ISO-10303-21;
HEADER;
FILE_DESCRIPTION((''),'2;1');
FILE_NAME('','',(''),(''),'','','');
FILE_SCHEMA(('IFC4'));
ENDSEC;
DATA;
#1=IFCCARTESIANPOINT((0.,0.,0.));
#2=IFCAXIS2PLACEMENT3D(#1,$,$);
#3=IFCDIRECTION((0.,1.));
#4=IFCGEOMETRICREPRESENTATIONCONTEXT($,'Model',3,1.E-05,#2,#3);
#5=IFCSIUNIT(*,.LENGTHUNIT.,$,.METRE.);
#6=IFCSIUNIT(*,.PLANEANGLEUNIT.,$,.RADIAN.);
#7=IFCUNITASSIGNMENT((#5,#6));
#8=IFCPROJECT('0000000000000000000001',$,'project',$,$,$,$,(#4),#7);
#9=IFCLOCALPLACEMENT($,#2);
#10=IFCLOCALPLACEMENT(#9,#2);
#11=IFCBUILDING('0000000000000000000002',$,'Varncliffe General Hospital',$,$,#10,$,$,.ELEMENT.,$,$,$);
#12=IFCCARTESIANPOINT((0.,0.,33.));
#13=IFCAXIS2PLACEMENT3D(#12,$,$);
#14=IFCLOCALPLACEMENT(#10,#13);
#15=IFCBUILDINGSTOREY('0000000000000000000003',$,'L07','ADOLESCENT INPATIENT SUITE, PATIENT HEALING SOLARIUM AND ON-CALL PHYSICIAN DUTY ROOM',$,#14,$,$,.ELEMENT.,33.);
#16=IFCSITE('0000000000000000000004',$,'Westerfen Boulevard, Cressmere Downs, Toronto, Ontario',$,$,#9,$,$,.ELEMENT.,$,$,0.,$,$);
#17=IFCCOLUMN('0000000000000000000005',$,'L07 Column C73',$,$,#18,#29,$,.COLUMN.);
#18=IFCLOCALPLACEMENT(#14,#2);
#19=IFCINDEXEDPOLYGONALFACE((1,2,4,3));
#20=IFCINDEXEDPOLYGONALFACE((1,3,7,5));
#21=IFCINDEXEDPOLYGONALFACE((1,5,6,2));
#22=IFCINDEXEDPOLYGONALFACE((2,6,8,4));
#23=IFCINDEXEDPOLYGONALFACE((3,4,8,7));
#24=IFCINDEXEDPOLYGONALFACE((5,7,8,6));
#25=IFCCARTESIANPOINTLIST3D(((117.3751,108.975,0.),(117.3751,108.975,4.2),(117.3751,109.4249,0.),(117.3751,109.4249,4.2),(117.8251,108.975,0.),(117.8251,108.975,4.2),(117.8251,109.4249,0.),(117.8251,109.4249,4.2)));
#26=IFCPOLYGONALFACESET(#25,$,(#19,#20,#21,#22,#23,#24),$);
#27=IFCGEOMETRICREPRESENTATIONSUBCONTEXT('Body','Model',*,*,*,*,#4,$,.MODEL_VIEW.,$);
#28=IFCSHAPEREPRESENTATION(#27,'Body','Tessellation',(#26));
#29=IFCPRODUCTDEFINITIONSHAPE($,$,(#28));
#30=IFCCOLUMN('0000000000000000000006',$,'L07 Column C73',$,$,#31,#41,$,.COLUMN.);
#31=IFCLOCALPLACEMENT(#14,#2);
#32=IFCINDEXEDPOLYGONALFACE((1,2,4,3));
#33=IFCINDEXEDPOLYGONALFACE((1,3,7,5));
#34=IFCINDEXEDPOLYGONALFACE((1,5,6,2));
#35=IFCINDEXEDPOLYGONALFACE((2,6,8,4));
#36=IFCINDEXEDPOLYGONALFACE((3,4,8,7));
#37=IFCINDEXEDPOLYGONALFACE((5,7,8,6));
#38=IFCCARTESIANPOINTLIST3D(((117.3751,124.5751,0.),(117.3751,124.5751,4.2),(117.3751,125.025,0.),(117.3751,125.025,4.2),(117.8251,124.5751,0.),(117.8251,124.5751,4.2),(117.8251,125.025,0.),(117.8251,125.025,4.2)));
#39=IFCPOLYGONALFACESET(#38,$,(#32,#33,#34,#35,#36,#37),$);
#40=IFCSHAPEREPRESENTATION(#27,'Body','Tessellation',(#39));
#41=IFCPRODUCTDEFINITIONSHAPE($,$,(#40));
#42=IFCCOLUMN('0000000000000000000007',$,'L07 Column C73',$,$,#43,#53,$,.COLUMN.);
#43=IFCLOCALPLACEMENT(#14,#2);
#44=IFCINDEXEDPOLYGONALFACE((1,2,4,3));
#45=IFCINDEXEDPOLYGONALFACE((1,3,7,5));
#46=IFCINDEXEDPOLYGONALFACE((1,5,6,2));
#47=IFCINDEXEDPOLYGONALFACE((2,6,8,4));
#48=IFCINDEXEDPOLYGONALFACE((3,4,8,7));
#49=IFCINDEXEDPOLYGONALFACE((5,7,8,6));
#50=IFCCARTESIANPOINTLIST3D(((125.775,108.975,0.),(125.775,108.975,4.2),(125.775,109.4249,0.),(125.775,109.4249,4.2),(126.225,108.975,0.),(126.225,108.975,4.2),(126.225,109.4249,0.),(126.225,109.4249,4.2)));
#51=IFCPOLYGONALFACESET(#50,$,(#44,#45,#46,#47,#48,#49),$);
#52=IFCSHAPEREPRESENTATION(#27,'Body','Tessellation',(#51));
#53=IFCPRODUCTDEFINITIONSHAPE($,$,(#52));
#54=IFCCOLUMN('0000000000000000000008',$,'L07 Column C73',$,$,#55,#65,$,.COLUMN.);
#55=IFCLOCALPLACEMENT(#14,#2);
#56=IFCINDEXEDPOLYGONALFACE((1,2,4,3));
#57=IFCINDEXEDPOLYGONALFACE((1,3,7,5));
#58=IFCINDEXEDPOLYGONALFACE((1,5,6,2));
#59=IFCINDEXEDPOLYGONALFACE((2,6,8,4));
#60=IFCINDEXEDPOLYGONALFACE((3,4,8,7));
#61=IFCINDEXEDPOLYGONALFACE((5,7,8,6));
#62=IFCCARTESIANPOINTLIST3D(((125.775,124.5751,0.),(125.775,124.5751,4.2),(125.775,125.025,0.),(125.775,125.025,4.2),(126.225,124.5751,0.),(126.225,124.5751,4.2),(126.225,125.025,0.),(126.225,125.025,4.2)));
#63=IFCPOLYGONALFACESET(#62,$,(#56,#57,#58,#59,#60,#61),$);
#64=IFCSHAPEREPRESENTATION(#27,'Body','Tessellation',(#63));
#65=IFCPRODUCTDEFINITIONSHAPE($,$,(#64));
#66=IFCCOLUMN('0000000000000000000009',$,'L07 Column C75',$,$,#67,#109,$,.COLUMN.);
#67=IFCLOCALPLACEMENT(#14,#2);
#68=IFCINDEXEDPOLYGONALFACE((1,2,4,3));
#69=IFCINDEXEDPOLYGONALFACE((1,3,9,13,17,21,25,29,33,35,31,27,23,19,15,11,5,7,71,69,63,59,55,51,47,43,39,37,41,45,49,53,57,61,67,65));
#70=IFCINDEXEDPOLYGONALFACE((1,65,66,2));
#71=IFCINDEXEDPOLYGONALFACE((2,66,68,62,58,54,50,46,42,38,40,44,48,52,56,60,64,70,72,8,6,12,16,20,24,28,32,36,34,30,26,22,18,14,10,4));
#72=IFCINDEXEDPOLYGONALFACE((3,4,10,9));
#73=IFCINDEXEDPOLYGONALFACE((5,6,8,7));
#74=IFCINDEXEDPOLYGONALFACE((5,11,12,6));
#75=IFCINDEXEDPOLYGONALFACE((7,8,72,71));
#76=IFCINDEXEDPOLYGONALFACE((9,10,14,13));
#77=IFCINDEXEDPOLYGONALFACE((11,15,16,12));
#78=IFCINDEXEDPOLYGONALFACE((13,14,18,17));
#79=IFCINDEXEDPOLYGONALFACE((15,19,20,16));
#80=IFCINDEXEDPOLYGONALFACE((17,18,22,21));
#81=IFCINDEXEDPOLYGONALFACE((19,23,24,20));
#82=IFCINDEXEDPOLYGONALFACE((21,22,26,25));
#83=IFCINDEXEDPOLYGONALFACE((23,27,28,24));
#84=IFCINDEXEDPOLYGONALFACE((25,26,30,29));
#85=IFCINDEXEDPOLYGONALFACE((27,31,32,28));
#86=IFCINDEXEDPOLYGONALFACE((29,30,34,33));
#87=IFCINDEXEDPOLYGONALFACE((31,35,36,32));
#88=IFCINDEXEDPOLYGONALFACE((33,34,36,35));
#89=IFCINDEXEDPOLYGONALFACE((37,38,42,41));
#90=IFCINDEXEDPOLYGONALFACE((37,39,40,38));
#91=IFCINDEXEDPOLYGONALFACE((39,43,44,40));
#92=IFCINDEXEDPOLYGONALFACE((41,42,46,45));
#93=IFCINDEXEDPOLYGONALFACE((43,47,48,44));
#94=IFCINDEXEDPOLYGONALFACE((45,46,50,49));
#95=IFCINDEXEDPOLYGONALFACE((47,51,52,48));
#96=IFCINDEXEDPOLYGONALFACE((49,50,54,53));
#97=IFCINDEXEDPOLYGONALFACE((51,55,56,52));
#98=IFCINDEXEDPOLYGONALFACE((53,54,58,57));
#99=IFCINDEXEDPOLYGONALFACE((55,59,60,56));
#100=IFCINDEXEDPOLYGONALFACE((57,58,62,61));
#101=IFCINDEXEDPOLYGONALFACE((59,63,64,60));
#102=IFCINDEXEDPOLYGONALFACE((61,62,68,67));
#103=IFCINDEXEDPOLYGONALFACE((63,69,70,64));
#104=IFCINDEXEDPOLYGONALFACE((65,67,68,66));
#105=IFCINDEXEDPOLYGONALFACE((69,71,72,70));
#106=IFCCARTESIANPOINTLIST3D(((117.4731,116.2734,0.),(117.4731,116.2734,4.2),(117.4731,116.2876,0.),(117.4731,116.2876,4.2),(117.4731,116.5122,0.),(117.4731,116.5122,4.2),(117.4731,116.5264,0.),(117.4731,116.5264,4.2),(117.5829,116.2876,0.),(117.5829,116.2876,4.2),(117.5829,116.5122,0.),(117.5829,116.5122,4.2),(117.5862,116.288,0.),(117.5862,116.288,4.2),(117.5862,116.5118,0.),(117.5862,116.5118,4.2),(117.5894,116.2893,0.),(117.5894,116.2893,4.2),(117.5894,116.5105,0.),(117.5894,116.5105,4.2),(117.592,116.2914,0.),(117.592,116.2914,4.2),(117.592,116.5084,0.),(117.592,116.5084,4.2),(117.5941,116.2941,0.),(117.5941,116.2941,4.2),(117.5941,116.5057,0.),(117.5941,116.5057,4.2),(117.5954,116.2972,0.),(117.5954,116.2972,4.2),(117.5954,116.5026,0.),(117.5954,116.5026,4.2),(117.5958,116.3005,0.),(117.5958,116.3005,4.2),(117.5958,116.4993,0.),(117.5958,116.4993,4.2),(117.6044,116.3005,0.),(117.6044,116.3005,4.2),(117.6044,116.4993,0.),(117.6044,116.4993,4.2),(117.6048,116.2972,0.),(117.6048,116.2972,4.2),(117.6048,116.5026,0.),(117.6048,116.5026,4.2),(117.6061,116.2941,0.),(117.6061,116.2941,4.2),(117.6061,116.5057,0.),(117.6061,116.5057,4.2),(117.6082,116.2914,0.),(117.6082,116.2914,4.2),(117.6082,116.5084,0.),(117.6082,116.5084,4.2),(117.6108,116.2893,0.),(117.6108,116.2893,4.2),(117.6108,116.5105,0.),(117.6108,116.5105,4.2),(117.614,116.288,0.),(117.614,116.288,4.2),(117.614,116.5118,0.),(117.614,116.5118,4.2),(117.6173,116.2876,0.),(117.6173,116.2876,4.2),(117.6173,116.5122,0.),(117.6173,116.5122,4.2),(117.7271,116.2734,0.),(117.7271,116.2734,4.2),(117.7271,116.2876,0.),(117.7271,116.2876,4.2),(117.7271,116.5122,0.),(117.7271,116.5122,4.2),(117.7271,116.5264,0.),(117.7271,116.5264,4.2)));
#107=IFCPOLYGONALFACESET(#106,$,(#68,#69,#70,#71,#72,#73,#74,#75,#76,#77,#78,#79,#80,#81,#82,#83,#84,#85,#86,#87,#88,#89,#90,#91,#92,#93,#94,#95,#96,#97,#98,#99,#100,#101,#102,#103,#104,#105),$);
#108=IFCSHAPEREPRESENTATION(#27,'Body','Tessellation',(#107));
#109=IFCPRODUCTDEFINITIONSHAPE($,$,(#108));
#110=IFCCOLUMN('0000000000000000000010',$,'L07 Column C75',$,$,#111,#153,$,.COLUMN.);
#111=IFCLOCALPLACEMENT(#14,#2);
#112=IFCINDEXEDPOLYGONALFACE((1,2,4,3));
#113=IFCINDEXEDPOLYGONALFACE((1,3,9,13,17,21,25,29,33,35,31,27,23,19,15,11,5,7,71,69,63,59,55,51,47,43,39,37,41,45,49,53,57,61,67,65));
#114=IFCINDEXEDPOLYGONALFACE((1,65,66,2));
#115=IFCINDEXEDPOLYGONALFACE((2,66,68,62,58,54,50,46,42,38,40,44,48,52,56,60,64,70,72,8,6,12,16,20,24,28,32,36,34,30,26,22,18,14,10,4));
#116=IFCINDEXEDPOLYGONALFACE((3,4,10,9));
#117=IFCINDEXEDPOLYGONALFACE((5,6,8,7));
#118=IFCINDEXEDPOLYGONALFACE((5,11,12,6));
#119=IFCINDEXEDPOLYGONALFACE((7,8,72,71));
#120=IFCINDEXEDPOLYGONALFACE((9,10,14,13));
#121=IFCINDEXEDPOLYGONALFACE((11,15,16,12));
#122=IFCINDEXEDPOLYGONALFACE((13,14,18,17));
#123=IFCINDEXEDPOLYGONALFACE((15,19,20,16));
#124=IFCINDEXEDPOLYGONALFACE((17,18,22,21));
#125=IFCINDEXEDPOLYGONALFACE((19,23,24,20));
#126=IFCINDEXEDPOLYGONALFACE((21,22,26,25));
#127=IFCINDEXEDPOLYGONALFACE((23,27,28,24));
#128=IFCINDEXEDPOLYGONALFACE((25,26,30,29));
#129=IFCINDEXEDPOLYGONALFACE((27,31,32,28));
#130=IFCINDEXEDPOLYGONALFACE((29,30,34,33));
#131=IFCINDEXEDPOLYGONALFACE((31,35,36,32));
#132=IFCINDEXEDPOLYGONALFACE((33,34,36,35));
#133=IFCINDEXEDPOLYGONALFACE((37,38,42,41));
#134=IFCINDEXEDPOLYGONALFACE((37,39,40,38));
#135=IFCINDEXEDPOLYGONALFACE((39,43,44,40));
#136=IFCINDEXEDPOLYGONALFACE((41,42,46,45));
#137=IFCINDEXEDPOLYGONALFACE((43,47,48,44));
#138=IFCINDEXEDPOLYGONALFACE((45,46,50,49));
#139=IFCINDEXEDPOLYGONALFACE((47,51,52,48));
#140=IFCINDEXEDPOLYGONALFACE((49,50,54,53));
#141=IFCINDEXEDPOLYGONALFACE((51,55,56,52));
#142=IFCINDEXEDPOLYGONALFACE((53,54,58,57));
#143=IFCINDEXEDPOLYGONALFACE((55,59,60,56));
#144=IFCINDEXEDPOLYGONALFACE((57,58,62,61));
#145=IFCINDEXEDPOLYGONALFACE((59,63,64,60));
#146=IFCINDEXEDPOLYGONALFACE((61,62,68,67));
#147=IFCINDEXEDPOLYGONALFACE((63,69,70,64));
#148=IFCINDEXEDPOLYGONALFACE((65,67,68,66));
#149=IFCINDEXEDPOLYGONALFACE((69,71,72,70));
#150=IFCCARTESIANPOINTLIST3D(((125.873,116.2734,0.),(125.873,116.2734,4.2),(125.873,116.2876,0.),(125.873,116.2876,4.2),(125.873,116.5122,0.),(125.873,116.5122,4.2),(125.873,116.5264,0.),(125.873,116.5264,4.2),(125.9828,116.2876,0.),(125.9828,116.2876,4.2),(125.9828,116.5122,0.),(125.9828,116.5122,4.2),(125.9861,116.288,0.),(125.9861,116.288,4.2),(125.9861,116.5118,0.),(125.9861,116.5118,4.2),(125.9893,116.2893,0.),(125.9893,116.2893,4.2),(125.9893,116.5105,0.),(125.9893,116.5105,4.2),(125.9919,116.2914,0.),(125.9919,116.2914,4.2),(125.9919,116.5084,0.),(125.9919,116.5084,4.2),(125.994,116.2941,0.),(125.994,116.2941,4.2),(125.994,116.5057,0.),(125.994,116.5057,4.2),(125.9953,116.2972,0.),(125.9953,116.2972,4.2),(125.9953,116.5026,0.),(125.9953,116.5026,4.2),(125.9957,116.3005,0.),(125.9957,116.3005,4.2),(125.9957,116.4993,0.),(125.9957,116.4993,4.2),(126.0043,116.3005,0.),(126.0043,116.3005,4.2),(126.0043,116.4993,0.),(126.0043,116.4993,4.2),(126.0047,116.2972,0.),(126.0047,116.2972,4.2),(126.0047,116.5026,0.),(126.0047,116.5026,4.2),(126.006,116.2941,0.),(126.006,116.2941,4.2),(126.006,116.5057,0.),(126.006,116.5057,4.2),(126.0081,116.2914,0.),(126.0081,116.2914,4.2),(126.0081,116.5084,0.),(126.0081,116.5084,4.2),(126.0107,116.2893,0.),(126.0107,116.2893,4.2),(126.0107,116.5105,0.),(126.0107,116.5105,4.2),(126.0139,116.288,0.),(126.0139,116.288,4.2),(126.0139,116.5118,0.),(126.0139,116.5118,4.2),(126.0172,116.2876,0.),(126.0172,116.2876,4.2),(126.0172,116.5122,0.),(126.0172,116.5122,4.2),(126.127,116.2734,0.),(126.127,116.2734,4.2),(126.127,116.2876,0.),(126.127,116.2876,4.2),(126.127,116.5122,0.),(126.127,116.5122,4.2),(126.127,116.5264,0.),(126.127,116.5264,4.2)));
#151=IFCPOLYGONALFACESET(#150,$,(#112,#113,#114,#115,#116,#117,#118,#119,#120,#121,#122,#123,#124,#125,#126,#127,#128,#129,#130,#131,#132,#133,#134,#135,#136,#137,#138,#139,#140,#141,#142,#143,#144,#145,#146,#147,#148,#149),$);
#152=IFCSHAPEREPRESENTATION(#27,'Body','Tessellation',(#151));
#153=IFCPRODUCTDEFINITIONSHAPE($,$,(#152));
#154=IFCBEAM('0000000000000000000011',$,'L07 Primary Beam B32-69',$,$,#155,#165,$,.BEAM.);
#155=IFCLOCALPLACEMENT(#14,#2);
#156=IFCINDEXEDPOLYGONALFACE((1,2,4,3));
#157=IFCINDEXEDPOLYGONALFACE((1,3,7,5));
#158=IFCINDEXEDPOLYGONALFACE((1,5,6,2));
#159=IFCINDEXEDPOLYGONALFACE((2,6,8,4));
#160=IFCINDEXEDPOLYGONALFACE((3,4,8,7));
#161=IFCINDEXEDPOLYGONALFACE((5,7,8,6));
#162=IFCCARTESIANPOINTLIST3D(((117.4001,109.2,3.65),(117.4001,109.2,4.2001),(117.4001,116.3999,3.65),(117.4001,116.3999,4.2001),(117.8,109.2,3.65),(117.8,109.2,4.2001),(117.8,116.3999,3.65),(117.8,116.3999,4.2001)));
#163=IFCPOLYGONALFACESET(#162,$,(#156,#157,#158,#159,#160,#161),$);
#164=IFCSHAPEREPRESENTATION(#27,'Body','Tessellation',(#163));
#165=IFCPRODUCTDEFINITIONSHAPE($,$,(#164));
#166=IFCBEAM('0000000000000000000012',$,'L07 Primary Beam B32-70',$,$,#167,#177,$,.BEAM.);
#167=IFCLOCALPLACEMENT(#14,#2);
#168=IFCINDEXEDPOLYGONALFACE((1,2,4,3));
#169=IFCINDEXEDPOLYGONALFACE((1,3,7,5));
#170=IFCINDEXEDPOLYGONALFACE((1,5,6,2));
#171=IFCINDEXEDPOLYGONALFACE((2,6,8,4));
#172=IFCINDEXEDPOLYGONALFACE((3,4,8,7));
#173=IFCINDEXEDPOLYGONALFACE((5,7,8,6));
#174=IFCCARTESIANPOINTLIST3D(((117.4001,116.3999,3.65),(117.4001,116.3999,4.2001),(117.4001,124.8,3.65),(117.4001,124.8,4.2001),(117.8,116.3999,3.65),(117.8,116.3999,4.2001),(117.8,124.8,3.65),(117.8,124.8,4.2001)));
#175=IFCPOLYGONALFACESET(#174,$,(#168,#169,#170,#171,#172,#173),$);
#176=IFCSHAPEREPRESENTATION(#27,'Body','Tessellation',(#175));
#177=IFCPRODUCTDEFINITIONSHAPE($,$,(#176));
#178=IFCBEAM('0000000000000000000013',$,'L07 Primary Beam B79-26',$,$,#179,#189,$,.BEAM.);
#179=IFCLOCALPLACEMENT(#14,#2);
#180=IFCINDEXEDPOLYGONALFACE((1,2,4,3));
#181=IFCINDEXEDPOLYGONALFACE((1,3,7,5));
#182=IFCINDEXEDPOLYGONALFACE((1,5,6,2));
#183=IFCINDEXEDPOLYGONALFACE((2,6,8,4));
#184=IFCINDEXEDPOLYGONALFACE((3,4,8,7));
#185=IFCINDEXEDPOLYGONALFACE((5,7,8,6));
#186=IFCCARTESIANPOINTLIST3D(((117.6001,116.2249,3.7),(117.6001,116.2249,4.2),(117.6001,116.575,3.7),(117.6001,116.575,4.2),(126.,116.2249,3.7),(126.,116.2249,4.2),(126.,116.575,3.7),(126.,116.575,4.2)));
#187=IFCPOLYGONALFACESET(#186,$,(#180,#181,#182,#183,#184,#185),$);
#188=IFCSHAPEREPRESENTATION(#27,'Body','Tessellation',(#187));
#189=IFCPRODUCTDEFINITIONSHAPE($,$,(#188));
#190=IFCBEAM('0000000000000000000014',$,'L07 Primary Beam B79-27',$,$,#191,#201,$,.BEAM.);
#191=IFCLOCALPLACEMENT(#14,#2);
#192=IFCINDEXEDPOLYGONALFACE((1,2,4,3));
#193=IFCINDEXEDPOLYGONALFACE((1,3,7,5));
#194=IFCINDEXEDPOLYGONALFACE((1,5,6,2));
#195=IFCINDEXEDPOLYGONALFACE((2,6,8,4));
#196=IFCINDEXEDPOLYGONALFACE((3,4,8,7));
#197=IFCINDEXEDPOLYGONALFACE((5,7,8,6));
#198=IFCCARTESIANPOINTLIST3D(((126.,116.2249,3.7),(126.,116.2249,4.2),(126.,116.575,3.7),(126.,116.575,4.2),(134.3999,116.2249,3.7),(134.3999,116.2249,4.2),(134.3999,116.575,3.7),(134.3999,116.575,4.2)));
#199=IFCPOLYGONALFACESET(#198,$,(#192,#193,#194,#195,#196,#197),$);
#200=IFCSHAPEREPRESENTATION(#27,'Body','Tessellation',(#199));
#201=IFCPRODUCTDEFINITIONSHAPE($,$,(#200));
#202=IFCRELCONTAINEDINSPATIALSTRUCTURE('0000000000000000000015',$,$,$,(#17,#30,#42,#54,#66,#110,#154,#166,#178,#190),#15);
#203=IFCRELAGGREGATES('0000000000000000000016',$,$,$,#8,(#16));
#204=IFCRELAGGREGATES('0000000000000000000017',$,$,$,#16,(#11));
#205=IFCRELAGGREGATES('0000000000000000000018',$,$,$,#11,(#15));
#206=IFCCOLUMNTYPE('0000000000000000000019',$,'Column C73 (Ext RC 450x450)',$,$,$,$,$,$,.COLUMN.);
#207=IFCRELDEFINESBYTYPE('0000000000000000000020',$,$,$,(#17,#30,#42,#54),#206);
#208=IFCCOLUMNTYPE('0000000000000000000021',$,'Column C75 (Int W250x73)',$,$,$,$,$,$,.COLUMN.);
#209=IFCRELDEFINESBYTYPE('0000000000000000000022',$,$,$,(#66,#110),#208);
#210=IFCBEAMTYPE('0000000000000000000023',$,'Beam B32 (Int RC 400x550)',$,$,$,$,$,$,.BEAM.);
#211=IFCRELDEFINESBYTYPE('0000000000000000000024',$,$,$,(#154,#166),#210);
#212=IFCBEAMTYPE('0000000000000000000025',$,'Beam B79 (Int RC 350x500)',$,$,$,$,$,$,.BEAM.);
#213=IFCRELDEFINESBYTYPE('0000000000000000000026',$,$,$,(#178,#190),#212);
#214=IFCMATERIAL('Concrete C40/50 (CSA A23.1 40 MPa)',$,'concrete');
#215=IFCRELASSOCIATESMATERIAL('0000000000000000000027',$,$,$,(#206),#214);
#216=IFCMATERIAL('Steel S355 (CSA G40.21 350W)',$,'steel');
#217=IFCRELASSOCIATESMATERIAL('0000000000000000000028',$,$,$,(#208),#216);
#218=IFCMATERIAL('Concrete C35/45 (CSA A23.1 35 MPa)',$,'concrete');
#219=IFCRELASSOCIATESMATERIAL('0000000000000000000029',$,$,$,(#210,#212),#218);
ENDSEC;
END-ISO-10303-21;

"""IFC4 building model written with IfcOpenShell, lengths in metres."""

from ifc_helpers import new_model, si_unit, direction, frame, origin, origin_2d, place, context, subcontext, project, spatial, rectangle, i_section, extrude, material, material_profile, profile_set, type_object, element, save


model = new_model("IFC4")

# Units and contexts
model_context = context("Model", 3, precision=1e-05, world=origin(), true_north=direction((0.0, 1.0)))
body_context = subcontext(model_context, "Body", "Model", "MODEL_VIEW")
ifc_project = project(units=[si_unit("LENGTHUNIT", "METRE"), si_unit("PLANEANGLEUNIT", "RADIAN")], contexts=[model_context])

# Site, building, storey
site_placement = place(None, origin())
site = spatial("IfcSite", under=ifc_project, at=site_placement, Name="Westerfen Boulevard, Cressmere Downs, Toronto, Ontario", CompositionType="ELEMENT", RefElevation=0.0)
building_placement = place(site_placement, origin())
building = spatial("IfcBuilding", under=site, at=building_placement, Name="Varncliffe General Hospital", CompositionType="ELEMENT")
storey_placement = place(building_placement, frame((0.0, 0.0, 33.0)))
storey = spatial("IfcBuildingStorey", under=building, at=storey_placement, Name="L07", Description="ADOLESCENT INPATIENT SUITE, PATIENT HEALING SOLARIUM AND ON-CALL PHYSICIAN DUTY ROOM", CompositionType="ELEMENT", Elevation=33.0)

# Columns
ifc_material_1 = material(Name="Concrete C40/50 (CSA A23.1 40 MPa)", Category="concrete")
ifc_material_profile_1 = material_profile(ifc_material_1, rectangle(XDim=0.45, YDim=0.45, at=origin_2d()), Name="RC 450x450")
ifc_profile_set_1 = profile_set([ifc_material_profile_1], Name="Concrete C40/50 (CSA A23.1 40 MPa)")
column_type_1 = type_object("IfcColumnType", Name="Column C73 (Ext RC 450x450)", PredefinedType="COLUMN", material=ifc_profile_set_1)
for number, where, z_axis, x_axis, name in (
    (1, (117.6001, 109.2, 0.0), (0.0, 0.0, 1.0), (1.0, 0.0, 0.0), "L07 Column C73"),
    (2, (117.6001, 124.8, 0.0), (0.0, 0.0, 1.0), (1.0, 0.0, 0.0), "L07 Column C73"),
    (3, (126.0, 109.2, 0.0), (0.0, 0.0, 1.0), (1.0, 0.0, 0.0), "L07 Column C73"),
    (4, (126.0, 124.8, 0.0), (0.0, 0.0, 1.0), (1.0, 0.0, 0.0), "L07 Column C73"),
):
    element("IfcColumn", number, at=place(storey_placement, frame(where, z_axis=z_axis, x_axis=x_axis)), inside=storey, type_object=column_type_1, Name=name, PredefinedType="COLUMN", context=body_context, shape_type="SweptSolid", body=[
        extrude(rectangle(XDim=0.45, YDim=0.45, at=origin_2d()), origin(), (0.0, 0.0, 1.0), 4.2),
    ])
ifc_material_2 = material(Name="Steel S355 (CSA G40.21 350W)", Category="steel")
ifc_material_profile_2 = material_profile(ifc_material_2, i_section(OverallWidth=0.2539, OverallDepth=0.2529, WebThickness=0.0085, FlangeThickness=0.0142, FilletRadius=0.0129, at=origin_2d()), Name="W250x73")
ifc_profile_set_2 = profile_set([ifc_material_profile_2], Name="Steel S355 (CSA G40.21 350W)")
column_type_2 = type_object("IfcColumnType", Name="Column C75 (Int W250x73)", PredefinedType="COLUMN", material=ifc_profile_set_2)
for number, where, z_axis, x_axis, name in (
    (5, (117.6001, 116.3999, 0.0), (0.0, 0.0, 1.0), (1.0, 0.0, 0.0), "L07 Column C75"),
    (6, (126.0, 116.3999, 0.0), (0.0, 0.0, 1.0), (1.0, 0.0, 0.0), "L07 Column C75"),
):
    element("IfcColumn", number, at=place(storey_placement, frame(where, z_axis=z_axis, x_axis=x_axis)), inside=storey, type_object=column_type_2, Name=name, PredefinedType="COLUMN", context=body_context, shape_type="SweptSolid", body=[
        extrude(i_section(OverallWidth=0.2539, OverallDepth=0.2529, WebThickness=0.0085, FlangeThickness=0.0142, FilletRadius=0.0129, at=origin_2d()), origin(), (0.0, 0.0, 1.0), 4.2),
    ])

# Beams
ifc_material_3 = material(Name="Concrete C35/45 (CSA A23.1 35 MPa)", Category="concrete")
ifc_material_profile_3 = material_profile(ifc_material_3, rectangle(XDim=0.3999, YDim=0.55, at=origin_2d()), Name="RC 400x550")
ifc_profile_set_3 = profile_set([ifc_material_profile_3], Name="Concrete C35/45 (CSA A23.1 35 MPa)")
beam_type_1 = type_object("IfcBeamType", Name="Beam B32 (Int RC 400x550)", PredefinedType="BEAM", material=ifc_profile_set_3)
beam_1_placement = place(storey_placement, frame((117.6001, 109.2, 3.925), z_axis=(0.0, 1.0, 0.0), x_axis=(-1.0, 0.0, 0.0)))
element("IfcBeam", 7, at=beam_1_placement, inside=storey, type_object=beam_type_1, Name="L07 Primary Beam B32-69", PredefinedType="BEAM", context=body_context, shape_type="SweptSolid", body=[
    extrude(rectangle(XDim=0.3999, YDim=0.55, at=origin_2d()), origin(), (0.0, 0.0, 1.0), 7.2),
])
beam_2_placement = place(storey_placement, frame((117.6001, 116.3999, 3.925), z_axis=(0.0, 1.0, 0.0), x_axis=(-1.0, 0.0, 0.0)))
element("IfcBeam", 8, at=beam_2_placement, inside=storey, type_object=beam_type_1, Name="L07 Primary Beam B32-70", PredefinedType="BEAM", context=body_context, shape_type="SweptSolid", body=[
    extrude(rectangle(XDim=0.3999, YDim=0.55, at=origin_2d()), origin(), (0.0, 0.0, 1.0), 8.4001),
])
ifc_material_profile_4 = material_profile(ifc_material_3, rectangle(XDim=0.3501, YDim=0.5, at=origin_2d()), Name="RC 350x500")
ifc_profile_set_4 = profile_set([ifc_material_profile_4], Name="Concrete C35/45 (CSA A23.1 35 MPa)")
beam_type_2 = type_object("IfcBeamType", Name="Beam B79 (Int RC 350x500)", PredefinedType="BEAM", material=ifc_profile_set_4)
for number, where, z_axis, x_axis, name in (
    (9, (117.6001, 116.3999, 3.95), (1.0, 0.0, 0.0), (0.0, 1.0, 0.0), "L07 Primary Beam B79-26"),
    (10, (126.0, 116.3999, 3.95), (1.0, 0.0, 0.0), (0.0, 1.0, 0.0), "L07 Primary Beam B79-27"),
):
    element("IfcBeam", number, at=place(storey_placement, frame(where, z_axis=z_axis, x_axis=x_axis)), inside=storey, type_object=beam_type_2, Name=name, PredefinedType="BEAM", context=body_context, shape_type="SweptSolid", body=[
        extrude(rectangle(XDim=0.3501, YDim=0.5, at=origin_2d()), origin(), (0.0, 0.0, 1.0), 8.3999),
    ])

save(model, "model.ifc")
